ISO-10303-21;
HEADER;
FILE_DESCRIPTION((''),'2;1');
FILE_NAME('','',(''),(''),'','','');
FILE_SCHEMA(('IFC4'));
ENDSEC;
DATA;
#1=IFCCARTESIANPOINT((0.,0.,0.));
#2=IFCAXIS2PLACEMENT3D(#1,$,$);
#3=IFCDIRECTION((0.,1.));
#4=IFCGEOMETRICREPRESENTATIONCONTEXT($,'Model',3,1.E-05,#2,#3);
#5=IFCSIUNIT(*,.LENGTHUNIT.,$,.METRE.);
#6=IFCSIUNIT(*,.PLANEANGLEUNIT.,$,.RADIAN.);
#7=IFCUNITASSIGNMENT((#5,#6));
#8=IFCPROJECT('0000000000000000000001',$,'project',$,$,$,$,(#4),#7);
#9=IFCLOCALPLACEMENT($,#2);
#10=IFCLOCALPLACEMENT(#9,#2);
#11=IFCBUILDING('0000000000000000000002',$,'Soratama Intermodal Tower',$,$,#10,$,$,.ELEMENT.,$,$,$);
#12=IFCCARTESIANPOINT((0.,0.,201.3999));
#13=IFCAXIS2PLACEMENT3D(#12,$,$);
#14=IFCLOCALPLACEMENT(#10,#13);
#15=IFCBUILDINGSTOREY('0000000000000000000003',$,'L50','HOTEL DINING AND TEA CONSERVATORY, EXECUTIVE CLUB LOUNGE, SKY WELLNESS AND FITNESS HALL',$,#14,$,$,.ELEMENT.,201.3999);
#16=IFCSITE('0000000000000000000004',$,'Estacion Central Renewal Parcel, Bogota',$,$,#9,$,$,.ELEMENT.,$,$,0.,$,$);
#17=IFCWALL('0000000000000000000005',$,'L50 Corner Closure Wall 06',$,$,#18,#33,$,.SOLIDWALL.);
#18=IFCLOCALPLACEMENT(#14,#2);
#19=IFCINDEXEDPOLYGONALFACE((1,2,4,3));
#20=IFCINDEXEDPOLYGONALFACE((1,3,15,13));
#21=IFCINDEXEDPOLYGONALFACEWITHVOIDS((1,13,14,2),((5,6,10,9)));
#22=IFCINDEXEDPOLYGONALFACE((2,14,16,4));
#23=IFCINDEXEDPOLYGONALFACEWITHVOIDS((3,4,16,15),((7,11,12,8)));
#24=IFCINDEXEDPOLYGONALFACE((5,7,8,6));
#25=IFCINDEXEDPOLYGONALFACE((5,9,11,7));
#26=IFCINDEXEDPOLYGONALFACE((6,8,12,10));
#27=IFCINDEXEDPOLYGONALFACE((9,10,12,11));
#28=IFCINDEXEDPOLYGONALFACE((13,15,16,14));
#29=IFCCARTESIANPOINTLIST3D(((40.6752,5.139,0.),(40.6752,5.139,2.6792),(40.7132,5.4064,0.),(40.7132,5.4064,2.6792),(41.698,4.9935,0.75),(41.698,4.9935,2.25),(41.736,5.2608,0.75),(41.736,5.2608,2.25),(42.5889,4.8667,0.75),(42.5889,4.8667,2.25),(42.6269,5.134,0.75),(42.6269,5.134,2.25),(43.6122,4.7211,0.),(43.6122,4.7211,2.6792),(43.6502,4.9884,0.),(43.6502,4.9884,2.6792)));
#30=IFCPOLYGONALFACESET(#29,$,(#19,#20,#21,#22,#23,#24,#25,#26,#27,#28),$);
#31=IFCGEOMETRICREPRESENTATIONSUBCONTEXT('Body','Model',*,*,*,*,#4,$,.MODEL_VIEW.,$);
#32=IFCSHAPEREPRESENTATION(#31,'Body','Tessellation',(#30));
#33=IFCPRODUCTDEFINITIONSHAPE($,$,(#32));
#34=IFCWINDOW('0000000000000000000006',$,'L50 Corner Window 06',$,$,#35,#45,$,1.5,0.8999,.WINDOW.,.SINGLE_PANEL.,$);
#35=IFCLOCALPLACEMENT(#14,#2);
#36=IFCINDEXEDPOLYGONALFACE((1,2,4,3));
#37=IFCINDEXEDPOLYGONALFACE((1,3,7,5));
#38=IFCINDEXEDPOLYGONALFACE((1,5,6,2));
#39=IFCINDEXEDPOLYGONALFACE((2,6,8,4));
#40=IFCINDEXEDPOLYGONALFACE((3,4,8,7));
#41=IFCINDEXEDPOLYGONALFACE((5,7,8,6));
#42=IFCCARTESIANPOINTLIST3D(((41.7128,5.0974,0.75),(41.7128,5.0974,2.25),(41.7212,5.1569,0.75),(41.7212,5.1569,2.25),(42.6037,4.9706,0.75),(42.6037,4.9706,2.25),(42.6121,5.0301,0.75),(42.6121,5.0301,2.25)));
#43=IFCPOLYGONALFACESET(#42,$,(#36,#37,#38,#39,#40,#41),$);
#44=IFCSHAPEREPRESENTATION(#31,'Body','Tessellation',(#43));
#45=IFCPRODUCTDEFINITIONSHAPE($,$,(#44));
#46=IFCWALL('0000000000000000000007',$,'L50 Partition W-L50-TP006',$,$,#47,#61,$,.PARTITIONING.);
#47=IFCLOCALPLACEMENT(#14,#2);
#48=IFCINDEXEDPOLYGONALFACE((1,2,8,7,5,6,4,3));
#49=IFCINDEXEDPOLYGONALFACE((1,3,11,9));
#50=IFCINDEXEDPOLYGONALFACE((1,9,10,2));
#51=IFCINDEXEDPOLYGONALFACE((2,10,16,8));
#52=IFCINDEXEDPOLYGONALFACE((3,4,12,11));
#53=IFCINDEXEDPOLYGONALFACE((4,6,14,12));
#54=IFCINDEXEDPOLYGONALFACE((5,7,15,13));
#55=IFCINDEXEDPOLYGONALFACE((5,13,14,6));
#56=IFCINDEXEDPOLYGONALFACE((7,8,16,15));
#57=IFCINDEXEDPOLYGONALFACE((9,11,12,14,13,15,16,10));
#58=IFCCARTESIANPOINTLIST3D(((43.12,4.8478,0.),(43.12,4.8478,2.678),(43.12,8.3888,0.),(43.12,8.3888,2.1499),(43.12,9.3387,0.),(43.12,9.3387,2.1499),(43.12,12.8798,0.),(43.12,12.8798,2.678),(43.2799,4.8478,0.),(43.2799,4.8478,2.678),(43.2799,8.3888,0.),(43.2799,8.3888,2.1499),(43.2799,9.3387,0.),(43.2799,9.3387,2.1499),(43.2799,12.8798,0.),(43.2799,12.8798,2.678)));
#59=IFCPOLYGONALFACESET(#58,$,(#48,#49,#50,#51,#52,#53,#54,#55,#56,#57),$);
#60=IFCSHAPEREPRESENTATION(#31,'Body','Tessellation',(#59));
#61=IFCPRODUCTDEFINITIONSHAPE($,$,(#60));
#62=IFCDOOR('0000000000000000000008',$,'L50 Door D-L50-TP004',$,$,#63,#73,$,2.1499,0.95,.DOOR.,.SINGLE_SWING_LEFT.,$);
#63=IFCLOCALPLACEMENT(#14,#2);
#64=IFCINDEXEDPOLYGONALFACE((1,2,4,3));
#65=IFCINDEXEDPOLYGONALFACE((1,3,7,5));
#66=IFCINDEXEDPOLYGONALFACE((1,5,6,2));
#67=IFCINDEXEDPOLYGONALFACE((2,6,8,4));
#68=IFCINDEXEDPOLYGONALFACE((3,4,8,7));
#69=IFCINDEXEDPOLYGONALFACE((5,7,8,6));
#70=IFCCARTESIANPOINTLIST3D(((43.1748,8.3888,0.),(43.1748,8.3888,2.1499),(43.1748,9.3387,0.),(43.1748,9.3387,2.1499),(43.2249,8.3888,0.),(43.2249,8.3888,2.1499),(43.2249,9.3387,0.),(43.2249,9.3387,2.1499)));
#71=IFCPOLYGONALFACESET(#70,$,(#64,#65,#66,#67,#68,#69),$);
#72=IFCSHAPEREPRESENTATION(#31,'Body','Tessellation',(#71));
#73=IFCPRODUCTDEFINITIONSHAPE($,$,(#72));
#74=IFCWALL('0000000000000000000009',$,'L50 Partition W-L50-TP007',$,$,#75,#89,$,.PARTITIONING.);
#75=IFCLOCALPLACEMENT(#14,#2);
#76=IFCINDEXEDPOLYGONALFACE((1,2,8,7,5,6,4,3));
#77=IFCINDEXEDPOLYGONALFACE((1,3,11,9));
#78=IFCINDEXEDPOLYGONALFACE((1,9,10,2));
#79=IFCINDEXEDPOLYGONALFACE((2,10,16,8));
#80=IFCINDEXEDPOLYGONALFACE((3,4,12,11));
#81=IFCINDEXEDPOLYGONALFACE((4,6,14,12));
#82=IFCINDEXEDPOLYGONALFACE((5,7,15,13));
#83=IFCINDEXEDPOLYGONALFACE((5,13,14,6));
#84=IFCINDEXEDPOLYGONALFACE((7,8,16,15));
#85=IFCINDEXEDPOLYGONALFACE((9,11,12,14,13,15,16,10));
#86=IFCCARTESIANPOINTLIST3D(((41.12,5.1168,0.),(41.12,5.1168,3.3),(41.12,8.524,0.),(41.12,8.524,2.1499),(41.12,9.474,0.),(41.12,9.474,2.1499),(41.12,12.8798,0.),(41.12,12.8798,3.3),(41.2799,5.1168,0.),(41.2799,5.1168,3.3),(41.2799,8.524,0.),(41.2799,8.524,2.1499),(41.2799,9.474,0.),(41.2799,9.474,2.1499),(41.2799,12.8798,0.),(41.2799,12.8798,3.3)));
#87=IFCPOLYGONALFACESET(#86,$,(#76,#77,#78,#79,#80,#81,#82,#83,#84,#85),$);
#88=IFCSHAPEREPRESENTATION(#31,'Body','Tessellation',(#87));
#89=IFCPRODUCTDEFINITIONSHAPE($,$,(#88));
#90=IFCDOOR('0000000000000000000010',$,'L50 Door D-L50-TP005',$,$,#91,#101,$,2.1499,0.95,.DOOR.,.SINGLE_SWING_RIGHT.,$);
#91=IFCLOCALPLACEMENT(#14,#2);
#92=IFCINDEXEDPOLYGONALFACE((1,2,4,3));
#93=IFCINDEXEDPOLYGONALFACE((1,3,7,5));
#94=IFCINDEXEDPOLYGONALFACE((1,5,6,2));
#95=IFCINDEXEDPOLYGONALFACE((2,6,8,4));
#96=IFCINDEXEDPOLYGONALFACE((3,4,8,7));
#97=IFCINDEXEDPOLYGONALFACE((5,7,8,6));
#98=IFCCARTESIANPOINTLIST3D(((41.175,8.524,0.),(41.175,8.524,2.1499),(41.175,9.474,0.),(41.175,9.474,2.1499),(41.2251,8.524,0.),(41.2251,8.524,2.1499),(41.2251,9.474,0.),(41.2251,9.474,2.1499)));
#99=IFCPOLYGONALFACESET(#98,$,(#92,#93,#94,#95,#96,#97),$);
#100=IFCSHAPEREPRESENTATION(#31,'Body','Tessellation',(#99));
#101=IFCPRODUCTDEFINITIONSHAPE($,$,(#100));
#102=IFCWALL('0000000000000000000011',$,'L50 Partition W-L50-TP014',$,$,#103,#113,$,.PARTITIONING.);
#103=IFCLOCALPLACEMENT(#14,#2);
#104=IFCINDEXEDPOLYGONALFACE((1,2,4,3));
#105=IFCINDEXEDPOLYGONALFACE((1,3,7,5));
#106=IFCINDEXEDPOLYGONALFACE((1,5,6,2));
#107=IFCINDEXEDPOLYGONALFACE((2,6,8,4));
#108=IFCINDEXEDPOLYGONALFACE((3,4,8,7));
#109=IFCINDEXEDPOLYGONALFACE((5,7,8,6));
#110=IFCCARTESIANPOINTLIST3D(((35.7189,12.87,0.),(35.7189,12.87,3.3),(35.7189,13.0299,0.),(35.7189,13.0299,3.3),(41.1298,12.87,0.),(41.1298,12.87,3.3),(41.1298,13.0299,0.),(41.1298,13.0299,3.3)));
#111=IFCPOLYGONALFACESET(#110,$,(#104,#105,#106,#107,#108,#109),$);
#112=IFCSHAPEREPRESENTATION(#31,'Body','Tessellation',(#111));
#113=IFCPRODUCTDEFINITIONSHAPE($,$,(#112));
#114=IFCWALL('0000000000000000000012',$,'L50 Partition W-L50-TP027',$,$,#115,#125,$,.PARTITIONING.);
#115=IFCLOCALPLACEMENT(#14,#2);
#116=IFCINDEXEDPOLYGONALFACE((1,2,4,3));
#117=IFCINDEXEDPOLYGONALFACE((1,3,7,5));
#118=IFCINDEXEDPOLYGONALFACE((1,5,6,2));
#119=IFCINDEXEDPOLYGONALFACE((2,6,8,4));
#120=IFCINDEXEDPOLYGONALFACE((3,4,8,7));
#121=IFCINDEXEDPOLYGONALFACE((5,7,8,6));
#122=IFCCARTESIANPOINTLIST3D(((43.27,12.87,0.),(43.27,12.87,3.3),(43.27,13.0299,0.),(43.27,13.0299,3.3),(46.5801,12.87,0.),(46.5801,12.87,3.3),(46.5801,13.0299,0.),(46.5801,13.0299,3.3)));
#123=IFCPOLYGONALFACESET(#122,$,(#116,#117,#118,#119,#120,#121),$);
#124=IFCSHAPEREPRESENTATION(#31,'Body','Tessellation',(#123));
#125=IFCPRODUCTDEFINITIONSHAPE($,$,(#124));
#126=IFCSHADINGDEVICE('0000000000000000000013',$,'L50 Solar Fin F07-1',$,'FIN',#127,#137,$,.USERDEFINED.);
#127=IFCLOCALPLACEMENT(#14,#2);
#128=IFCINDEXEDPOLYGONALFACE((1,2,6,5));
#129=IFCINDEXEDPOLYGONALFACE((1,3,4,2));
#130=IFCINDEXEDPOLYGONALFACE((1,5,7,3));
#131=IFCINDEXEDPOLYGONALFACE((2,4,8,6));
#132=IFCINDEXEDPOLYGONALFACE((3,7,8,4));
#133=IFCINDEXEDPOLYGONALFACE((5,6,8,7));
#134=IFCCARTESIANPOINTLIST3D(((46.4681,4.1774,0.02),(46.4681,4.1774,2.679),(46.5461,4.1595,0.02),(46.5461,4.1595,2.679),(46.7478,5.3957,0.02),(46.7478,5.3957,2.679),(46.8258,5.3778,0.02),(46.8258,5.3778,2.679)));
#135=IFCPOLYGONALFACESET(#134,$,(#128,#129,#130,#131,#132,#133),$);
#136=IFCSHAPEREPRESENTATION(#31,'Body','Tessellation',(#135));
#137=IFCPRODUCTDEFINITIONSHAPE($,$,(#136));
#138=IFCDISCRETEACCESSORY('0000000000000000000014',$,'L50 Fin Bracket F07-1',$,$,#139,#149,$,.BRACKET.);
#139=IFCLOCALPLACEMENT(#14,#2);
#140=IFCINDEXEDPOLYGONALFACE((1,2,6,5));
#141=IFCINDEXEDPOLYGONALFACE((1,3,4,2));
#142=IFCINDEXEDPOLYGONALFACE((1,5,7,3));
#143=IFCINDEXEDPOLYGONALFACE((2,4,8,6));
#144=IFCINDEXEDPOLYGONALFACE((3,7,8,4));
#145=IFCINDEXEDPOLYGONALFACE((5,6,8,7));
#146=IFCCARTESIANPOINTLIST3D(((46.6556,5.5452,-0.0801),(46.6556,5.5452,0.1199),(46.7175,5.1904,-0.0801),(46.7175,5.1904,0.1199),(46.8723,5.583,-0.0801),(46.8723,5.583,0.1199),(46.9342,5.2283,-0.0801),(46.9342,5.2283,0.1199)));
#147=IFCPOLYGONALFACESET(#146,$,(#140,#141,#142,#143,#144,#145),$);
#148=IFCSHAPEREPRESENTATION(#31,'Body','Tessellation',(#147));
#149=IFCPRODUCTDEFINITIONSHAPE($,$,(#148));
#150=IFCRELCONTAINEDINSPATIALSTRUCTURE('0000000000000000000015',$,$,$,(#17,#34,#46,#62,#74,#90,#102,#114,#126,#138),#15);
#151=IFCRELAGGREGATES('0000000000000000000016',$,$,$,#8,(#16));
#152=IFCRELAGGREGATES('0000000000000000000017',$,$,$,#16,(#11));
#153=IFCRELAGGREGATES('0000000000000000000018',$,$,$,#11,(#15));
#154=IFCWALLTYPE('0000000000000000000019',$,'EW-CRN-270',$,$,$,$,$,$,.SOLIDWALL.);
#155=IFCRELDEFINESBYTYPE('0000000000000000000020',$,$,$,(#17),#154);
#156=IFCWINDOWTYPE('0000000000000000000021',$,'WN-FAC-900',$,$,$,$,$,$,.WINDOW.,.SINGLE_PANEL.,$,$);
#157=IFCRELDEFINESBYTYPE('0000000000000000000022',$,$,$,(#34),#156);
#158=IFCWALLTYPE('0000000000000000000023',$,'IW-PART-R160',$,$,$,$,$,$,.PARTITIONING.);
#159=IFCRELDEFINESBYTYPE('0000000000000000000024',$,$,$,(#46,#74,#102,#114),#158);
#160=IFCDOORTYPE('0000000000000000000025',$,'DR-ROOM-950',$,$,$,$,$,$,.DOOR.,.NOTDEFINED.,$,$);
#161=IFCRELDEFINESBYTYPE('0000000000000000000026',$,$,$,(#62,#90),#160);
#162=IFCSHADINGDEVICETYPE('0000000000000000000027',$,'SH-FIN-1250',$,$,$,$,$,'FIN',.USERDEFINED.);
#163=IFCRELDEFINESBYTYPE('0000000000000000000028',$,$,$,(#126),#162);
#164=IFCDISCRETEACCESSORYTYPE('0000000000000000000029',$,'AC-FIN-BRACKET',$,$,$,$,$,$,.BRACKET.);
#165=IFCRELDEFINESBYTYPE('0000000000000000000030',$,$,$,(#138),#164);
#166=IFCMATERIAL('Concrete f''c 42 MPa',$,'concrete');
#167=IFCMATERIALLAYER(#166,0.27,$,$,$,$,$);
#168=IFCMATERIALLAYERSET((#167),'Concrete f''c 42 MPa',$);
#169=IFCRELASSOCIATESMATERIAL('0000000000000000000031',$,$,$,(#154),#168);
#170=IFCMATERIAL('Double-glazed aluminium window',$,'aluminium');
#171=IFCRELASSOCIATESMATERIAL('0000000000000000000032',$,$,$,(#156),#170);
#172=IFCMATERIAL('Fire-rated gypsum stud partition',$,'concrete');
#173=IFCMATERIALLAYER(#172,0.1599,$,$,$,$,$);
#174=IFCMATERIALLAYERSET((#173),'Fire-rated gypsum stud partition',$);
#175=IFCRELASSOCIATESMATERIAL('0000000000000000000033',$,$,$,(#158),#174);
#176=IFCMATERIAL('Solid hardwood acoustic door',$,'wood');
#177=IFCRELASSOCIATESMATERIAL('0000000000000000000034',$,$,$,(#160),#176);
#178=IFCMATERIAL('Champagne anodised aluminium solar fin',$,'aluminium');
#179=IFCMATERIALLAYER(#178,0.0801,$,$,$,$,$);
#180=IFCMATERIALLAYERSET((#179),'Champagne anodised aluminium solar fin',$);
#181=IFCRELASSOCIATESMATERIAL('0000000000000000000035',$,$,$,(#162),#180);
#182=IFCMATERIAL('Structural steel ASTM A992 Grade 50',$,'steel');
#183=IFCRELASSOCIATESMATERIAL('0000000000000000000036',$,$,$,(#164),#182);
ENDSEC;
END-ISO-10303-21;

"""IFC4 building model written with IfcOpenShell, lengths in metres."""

from ifc_helpers import new_model, si_unit, direction, frame, frame_2d, origin, origin_2d, place, context, subcontext, project, spatial, rectangle, extrude, material, layer, layer_set, type_object, element, fill, save


model = new_model("IFC4")

# Units and contexts
model_context = context("Model", 3, precision=1e-05, world=origin(), true_north=direction((0.0, 1.0)))
body_context = subcontext(model_context, "Body", "Model", "MODEL_VIEW")
ifc_project = project(units=[si_unit("LENGTHUNIT", "METRE"), si_unit("PLANEANGLEUNIT", "RADIAN")], contexts=[model_context])

# Site, building, storey
site_placement = place(None, origin())
site = spatial("IfcSite", under=ifc_project, at=site_placement, Name="Estacion Central Renewal Parcel, Bogota", CompositionType="ELEMENT", RefElevation=0.0)
building_placement = place(site_placement, origin())
building = spatial("IfcBuilding", under=site, at=building_placement, Name="Soratama Intermodal Tower", CompositionType="ELEMENT")
storey_placement = place(building_placement, frame((0.0, 0.0, 201.3999)))
storey = spatial("IfcBuildingStorey", under=building, at=storey_placement, Name="L50", Description="HOTEL DINING AND TEA CONSERVATORY, EXECUTIVE CLUB LOUNGE, SKY WELLNESS AND FITNESS HALL", CompositionType="ELEMENT", Elevation=201.3999)

# Wall, opening, window
ifc_material_1 = material(Name="Concrete f'c 42 MPa", Category="concrete")
ifc_layer_1 = layer(ifc_material_1, 0.27)
ifc_layer_set_1 = layer_set([ifc_layer_1], Name="Concrete f'c 42 MPa")
wall_type_1 = type_object("IfcWallType", Name="EW-CRN-270", PredefinedType="SOLIDWALL", material=ifc_layer_set_1)
wall_1_placement = place(storey_placement, frame((40.6941, 5.2727, 0.0), z_axis=(0.0, 0.0, 1.0), x_axis=(0.990025, -0.140891, 0.0)))
wall_1 = element("IfcWall", 1, at=wall_1_placement, inside=storey, type_object=wall_type_1, Name="L50 Corner Closure Wall 06", PredefinedType="SOLIDWALL", context=body_context, shape_type="SweptSolid", body=[
    extrude(rectangle(XDim=2.9666, YDim=0.27, at=frame_2d((1.4834, 0.0))), origin(), (0.0, 0.0, 1.0), 2.6792),
])
opening_1_placement = place(wall_1_placement, frame((1.0332, 0.0, 0.75)))
opening_1 = element("IfcOpeningElement", 2, at=opening_1_placement, cuts=wall_1, PredefinedType="OPENING", context=body_context, shape_type="SweptSolid", body=[
    extrude(rectangle(XDim=0.8999, YDim=1.5, at=frame_2d((0.45, 0.75))), frame((0.0, 0.145, 0.0), z_axis=(0.0, -1.0, 0.0), x_axis=(1.0, 0.0, 0.0)), (0.0, 0.0, 1.0), 0.29),
])
ifc_material_2 = material(Name="Double-glazed aluminium window", Category="aluminium")
window_type = type_object("IfcWindowType", Name="WN-FAC-900", PartitioningType="SINGLE_PANEL", PredefinedType="WINDOW", material=ifc_material_2)
window_placement = place(opening_1_placement, origin())
window = element("IfcWindow", 3, at=window_placement, inside=storey, type_object=window_type, Name="L50 Corner Window 06", OverallHeight=1.5, OverallWidth=0.8999, PartitioningType="SINGLE_PANEL", PredefinedType="WINDOW", context=body_context, shape_type="SweptSolid", body=[
    extrude(rectangle(XDim=0.8999, YDim=1.5, at=frame_2d((0.45, 0.75))), frame((0.0, 0.03, 0.0), z_axis=(0.0, -1.0, 0.0), x_axis=(1.0, 0.0, 0.0)), (0.0, 0.0, 1.0), 0.0601),
])
fill(opening_1, window)

# Walls, openings, doors
ifc_material_3 = material(Name="Fire-rated gypsum stud partition", Category="concrete")
ifc_layer_2 = layer(ifc_material_3, 0.1599)
ifc_layer_set_2 = layer_set([ifc_layer_2], Name="Fire-rated gypsum stud partition")
wall_type_2 = type_object("IfcWallType", Name="IW-PART-R160", PredefinedType="PARTITIONING", material=ifc_layer_set_2)
wall_2_placement = place(storey_placement, frame((43.2, 12.8799, 0.0), z_axis=(0.0, 0.0, 1.0), x_axis=(0.0, -1.0, 0.0)))
wall_2 = element("IfcWall", 4, at=wall_2_placement, inside=storey, type_object=wall_type_2, Name="L50 Partition W-L50-TP006", PredefinedType="PARTITIONING", context=body_context, shape_type="SweptSolid", body=[
    extrude(rectangle(XDim=8.032, YDim=0.1599, at=frame_2d((4.0161, 0.0))), origin(), (0.0, 0.0, 1.0), 2.678),
])
opening_2_placement = place(wall_2_placement, frame((3.541, 0.0, 0.0)))
opening_2 = element("IfcOpeningElement", 5, at=opening_2_placement, cuts=wall_2, PredefinedType="OPENING", context=body_context, shape_type="SweptSolid", body=[
    extrude(rectangle(XDim=0.95, YDim=2.1499, at=frame_2d((0.4751, 1.075))), frame((0.0, 0.0898, 0.0), z_axis=(0.0, -1.0, 0.0), x_axis=(1.0, 0.0, 0.0)), (0.0, 0.0, 1.0), 0.1799),
])
ifc_material_4 = material(Name="Solid hardwood acoustic door", Category="wood")
door_type = type_object("IfcDoorType", Name="DR-ROOM-950", OperationType="NOTDEFINED", PredefinedType="DOOR", material=ifc_material_4)
door_1_placement = place(opening_2_placement, origin())
door_1 = element("IfcDoor", 6, at=door_1_placement, inside=storey, type_object=door_type, Name="L50 Door D-L50-TP004", OperationType="SINGLE_SWING_LEFT", OverallHeight=2.1499, OverallWidth=0.95, PredefinedType="DOOR", context=body_context, shape_type="SweptSolid", body=[
    extrude(rectangle(XDim=0.95, YDim=2.1499, at=frame_2d((0.4751, 1.075))), frame((0.0, 0.0249, 0.0), z_axis=(0.0, -1.0, 0.0), x_axis=(1.0, 0.0, 0.0)), (0.0, 0.0, 1.0), 0.05),
])
fill(opening_2, door_1)
wall_3_placement = place(storey_placement, frame((41.2, 5.1169, 0.0), z_axis=(0.0, 0.0, 1.0), x_axis=(0.0, 1.0, 0.0)))
wall_3 = element("IfcWall", 7, at=wall_3_placement, inside=storey, type_object=wall_type_2, Name="L50 Partition W-L50-TP007", PredefinedType="PARTITIONING", context=body_context, shape_type="SweptSolid", body=[
    extrude(rectangle(XDim=7.7629, YDim=0.1599, at=frame_2d((3.8813, 0.0))), origin(), (0.0, 0.0, 1.0), 3.3),
])
opening_3_placement = place(wall_3_placement, frame((3.407, 0.0, 0.0)))
opening_3 = element("IfcOpeningElement", 8, at=opening_3_placement, cuts=wall_3, PredefinedType="OPENING", context=body_context, shape_type="SweptSolid", body=[
    extrude(rectangle(XDim=0.95, YDim=2.1499, at=frame_2d((0.4751, 1.075))), frame((0.0, 0.0898, 0.0), z_axis=(0.0, -1.0, 0.0), x_axis=(1.0, 0.0, 0.0)), (0.0, 0.0, 1.0), 0.1799),
])
door_2_placement = place(opening_3_placement, origin())
door_2 = element("IfcDoor", 9, at=door_2_placement, inside=storey, type_object=door_type, Name="L50 Door D-L50-TP005", OperationType="SINGLE_SWING_RIGHT", OverallHeight=2.1499, OverallWidth=0.95, PredefinedType="DOOR", context=body_context, shape_type="SweptSolid", body=[
    extrude(rectangle(XDim=0.95, YDim=2.1499, at=frame_2d((0.4751, 1.075))), frame((0.0, 0.0249, 0.0), z_axis=(0.0, -1.0, 0.0), x_axis=(1.0, 0.0, 0.0)), (0.0, 0.0, 1.0), 0.05),
])
fill(opening_3, door_2)

# Walls
wall_4_placement = place(storey_placement, frame((41.1299, 12.95, 0.0), z_axis=(0.0, 0.0, 1.0), x_axis=(-1.0, 0.0, 0.0)))
element("IfcWall", 10, at=wall_4_placement, inside=storey, type_object=wall_type_2, Name="L50 Partition W-L50-TP014", PredefinedType="PARTITIONING", context=body_context, shape_type="SweptSolid", body=[
    extrude(rectangle(XDim=5.4109, YDim=0.1599, at=frame_2d((2.7056, 0.0))), origin(), (0.0, 0.0, 1.0), 3.3),
])
wall_5_placement = place(storey_placement, frame((46.5801, 12.95, 0.0), z_axis=(0.0, 0.0, 1.0), x_axis=(-1.0, 0.0, 0.0)))
element("IfcWall", 11, at=wall_5_placement, inside=storey, type_object=wall_type_2, Name="L50 Partition W-L50-TP027", PredefinedType="PARTITIONING", context=body_context, shape_type="SweptSolid", body=[
    extrude(rectangle(XDim=3.3101, YDim=0.1599, at=frame_2d((1.655, 0.0))), origin(), (0.0, 0.0, 1.0), 3.3),
])

# Shading device
ifc_material_5 = material(Name="Champagne anodised aluminium solar fin", Category="aluminium")
ifc_layer_3 = layer(ifc_material_5, 0.0801)
ifc_layer_set_3 = layer_set([ifc_layer_3], Name="Champagne anodised aluminium solar fin")
shading_device_type = type_object("IfcShadingDeviceType", Name="SH-FIN-1250", ElementType="FIN", PredefinedType="USERDEFINED", material=ifc_layer_set_3)
shading_device_placement = place(storey_placement, frame((46.647, 4.7776, 0.02), z_axis=(0.0, 0.0, 1.0), x_axis=(-0.22376, -0.974644, 0.0)))
element("IfcShadingDevice", 12, at=shading_device_placement, inside=storey, type_object=shading_device_type, Name="L50 Solar Fin F07-1", ObjectType="FIN", PredefinedType="USERDEFINED", context=body_context, shape_type="SweptSolid", body=[
    extrude(rectangle(XDim=1.25, YDim=0.0801, at=origin_2d()), origin(), (0.0, 0.0, 1.0), 2.6589),
])

# Discrete accessory
ifc_material_6 = material(Name="Structural steel ASTM A992 Grade 50", Category="steel")
discrete_accessory_type = type_object("IfcDiscreteAccessoryType", Name="AC-FIN-BRACKET", PredefinedType="BRACKET", material=ifc_material_6)
discrete_accessory_placement = place(storey_placement, frame((46.7949, 5.3867, -0.0801), z_axis=(0.0, 0.0, 1.0), x_axis=(0.171929, -0.985109, 0.0)))
element("IfcDiscreteAccessory", 13, at=discrete_accessory_placement, inside=storey, type_object=discrete_accessory_type, Name="L50 Fin Bracket F07-1", PredefinedType="BRACKET", context=body_context, shape_type="SweptSolid", body=[
    extrude(rectangle(XDim=0.3601, YDim=0.22, at=origin_2d()), origin(), (0.0, 0.0, 1.0), 0.2),
])

save(model, "model.ifc")
